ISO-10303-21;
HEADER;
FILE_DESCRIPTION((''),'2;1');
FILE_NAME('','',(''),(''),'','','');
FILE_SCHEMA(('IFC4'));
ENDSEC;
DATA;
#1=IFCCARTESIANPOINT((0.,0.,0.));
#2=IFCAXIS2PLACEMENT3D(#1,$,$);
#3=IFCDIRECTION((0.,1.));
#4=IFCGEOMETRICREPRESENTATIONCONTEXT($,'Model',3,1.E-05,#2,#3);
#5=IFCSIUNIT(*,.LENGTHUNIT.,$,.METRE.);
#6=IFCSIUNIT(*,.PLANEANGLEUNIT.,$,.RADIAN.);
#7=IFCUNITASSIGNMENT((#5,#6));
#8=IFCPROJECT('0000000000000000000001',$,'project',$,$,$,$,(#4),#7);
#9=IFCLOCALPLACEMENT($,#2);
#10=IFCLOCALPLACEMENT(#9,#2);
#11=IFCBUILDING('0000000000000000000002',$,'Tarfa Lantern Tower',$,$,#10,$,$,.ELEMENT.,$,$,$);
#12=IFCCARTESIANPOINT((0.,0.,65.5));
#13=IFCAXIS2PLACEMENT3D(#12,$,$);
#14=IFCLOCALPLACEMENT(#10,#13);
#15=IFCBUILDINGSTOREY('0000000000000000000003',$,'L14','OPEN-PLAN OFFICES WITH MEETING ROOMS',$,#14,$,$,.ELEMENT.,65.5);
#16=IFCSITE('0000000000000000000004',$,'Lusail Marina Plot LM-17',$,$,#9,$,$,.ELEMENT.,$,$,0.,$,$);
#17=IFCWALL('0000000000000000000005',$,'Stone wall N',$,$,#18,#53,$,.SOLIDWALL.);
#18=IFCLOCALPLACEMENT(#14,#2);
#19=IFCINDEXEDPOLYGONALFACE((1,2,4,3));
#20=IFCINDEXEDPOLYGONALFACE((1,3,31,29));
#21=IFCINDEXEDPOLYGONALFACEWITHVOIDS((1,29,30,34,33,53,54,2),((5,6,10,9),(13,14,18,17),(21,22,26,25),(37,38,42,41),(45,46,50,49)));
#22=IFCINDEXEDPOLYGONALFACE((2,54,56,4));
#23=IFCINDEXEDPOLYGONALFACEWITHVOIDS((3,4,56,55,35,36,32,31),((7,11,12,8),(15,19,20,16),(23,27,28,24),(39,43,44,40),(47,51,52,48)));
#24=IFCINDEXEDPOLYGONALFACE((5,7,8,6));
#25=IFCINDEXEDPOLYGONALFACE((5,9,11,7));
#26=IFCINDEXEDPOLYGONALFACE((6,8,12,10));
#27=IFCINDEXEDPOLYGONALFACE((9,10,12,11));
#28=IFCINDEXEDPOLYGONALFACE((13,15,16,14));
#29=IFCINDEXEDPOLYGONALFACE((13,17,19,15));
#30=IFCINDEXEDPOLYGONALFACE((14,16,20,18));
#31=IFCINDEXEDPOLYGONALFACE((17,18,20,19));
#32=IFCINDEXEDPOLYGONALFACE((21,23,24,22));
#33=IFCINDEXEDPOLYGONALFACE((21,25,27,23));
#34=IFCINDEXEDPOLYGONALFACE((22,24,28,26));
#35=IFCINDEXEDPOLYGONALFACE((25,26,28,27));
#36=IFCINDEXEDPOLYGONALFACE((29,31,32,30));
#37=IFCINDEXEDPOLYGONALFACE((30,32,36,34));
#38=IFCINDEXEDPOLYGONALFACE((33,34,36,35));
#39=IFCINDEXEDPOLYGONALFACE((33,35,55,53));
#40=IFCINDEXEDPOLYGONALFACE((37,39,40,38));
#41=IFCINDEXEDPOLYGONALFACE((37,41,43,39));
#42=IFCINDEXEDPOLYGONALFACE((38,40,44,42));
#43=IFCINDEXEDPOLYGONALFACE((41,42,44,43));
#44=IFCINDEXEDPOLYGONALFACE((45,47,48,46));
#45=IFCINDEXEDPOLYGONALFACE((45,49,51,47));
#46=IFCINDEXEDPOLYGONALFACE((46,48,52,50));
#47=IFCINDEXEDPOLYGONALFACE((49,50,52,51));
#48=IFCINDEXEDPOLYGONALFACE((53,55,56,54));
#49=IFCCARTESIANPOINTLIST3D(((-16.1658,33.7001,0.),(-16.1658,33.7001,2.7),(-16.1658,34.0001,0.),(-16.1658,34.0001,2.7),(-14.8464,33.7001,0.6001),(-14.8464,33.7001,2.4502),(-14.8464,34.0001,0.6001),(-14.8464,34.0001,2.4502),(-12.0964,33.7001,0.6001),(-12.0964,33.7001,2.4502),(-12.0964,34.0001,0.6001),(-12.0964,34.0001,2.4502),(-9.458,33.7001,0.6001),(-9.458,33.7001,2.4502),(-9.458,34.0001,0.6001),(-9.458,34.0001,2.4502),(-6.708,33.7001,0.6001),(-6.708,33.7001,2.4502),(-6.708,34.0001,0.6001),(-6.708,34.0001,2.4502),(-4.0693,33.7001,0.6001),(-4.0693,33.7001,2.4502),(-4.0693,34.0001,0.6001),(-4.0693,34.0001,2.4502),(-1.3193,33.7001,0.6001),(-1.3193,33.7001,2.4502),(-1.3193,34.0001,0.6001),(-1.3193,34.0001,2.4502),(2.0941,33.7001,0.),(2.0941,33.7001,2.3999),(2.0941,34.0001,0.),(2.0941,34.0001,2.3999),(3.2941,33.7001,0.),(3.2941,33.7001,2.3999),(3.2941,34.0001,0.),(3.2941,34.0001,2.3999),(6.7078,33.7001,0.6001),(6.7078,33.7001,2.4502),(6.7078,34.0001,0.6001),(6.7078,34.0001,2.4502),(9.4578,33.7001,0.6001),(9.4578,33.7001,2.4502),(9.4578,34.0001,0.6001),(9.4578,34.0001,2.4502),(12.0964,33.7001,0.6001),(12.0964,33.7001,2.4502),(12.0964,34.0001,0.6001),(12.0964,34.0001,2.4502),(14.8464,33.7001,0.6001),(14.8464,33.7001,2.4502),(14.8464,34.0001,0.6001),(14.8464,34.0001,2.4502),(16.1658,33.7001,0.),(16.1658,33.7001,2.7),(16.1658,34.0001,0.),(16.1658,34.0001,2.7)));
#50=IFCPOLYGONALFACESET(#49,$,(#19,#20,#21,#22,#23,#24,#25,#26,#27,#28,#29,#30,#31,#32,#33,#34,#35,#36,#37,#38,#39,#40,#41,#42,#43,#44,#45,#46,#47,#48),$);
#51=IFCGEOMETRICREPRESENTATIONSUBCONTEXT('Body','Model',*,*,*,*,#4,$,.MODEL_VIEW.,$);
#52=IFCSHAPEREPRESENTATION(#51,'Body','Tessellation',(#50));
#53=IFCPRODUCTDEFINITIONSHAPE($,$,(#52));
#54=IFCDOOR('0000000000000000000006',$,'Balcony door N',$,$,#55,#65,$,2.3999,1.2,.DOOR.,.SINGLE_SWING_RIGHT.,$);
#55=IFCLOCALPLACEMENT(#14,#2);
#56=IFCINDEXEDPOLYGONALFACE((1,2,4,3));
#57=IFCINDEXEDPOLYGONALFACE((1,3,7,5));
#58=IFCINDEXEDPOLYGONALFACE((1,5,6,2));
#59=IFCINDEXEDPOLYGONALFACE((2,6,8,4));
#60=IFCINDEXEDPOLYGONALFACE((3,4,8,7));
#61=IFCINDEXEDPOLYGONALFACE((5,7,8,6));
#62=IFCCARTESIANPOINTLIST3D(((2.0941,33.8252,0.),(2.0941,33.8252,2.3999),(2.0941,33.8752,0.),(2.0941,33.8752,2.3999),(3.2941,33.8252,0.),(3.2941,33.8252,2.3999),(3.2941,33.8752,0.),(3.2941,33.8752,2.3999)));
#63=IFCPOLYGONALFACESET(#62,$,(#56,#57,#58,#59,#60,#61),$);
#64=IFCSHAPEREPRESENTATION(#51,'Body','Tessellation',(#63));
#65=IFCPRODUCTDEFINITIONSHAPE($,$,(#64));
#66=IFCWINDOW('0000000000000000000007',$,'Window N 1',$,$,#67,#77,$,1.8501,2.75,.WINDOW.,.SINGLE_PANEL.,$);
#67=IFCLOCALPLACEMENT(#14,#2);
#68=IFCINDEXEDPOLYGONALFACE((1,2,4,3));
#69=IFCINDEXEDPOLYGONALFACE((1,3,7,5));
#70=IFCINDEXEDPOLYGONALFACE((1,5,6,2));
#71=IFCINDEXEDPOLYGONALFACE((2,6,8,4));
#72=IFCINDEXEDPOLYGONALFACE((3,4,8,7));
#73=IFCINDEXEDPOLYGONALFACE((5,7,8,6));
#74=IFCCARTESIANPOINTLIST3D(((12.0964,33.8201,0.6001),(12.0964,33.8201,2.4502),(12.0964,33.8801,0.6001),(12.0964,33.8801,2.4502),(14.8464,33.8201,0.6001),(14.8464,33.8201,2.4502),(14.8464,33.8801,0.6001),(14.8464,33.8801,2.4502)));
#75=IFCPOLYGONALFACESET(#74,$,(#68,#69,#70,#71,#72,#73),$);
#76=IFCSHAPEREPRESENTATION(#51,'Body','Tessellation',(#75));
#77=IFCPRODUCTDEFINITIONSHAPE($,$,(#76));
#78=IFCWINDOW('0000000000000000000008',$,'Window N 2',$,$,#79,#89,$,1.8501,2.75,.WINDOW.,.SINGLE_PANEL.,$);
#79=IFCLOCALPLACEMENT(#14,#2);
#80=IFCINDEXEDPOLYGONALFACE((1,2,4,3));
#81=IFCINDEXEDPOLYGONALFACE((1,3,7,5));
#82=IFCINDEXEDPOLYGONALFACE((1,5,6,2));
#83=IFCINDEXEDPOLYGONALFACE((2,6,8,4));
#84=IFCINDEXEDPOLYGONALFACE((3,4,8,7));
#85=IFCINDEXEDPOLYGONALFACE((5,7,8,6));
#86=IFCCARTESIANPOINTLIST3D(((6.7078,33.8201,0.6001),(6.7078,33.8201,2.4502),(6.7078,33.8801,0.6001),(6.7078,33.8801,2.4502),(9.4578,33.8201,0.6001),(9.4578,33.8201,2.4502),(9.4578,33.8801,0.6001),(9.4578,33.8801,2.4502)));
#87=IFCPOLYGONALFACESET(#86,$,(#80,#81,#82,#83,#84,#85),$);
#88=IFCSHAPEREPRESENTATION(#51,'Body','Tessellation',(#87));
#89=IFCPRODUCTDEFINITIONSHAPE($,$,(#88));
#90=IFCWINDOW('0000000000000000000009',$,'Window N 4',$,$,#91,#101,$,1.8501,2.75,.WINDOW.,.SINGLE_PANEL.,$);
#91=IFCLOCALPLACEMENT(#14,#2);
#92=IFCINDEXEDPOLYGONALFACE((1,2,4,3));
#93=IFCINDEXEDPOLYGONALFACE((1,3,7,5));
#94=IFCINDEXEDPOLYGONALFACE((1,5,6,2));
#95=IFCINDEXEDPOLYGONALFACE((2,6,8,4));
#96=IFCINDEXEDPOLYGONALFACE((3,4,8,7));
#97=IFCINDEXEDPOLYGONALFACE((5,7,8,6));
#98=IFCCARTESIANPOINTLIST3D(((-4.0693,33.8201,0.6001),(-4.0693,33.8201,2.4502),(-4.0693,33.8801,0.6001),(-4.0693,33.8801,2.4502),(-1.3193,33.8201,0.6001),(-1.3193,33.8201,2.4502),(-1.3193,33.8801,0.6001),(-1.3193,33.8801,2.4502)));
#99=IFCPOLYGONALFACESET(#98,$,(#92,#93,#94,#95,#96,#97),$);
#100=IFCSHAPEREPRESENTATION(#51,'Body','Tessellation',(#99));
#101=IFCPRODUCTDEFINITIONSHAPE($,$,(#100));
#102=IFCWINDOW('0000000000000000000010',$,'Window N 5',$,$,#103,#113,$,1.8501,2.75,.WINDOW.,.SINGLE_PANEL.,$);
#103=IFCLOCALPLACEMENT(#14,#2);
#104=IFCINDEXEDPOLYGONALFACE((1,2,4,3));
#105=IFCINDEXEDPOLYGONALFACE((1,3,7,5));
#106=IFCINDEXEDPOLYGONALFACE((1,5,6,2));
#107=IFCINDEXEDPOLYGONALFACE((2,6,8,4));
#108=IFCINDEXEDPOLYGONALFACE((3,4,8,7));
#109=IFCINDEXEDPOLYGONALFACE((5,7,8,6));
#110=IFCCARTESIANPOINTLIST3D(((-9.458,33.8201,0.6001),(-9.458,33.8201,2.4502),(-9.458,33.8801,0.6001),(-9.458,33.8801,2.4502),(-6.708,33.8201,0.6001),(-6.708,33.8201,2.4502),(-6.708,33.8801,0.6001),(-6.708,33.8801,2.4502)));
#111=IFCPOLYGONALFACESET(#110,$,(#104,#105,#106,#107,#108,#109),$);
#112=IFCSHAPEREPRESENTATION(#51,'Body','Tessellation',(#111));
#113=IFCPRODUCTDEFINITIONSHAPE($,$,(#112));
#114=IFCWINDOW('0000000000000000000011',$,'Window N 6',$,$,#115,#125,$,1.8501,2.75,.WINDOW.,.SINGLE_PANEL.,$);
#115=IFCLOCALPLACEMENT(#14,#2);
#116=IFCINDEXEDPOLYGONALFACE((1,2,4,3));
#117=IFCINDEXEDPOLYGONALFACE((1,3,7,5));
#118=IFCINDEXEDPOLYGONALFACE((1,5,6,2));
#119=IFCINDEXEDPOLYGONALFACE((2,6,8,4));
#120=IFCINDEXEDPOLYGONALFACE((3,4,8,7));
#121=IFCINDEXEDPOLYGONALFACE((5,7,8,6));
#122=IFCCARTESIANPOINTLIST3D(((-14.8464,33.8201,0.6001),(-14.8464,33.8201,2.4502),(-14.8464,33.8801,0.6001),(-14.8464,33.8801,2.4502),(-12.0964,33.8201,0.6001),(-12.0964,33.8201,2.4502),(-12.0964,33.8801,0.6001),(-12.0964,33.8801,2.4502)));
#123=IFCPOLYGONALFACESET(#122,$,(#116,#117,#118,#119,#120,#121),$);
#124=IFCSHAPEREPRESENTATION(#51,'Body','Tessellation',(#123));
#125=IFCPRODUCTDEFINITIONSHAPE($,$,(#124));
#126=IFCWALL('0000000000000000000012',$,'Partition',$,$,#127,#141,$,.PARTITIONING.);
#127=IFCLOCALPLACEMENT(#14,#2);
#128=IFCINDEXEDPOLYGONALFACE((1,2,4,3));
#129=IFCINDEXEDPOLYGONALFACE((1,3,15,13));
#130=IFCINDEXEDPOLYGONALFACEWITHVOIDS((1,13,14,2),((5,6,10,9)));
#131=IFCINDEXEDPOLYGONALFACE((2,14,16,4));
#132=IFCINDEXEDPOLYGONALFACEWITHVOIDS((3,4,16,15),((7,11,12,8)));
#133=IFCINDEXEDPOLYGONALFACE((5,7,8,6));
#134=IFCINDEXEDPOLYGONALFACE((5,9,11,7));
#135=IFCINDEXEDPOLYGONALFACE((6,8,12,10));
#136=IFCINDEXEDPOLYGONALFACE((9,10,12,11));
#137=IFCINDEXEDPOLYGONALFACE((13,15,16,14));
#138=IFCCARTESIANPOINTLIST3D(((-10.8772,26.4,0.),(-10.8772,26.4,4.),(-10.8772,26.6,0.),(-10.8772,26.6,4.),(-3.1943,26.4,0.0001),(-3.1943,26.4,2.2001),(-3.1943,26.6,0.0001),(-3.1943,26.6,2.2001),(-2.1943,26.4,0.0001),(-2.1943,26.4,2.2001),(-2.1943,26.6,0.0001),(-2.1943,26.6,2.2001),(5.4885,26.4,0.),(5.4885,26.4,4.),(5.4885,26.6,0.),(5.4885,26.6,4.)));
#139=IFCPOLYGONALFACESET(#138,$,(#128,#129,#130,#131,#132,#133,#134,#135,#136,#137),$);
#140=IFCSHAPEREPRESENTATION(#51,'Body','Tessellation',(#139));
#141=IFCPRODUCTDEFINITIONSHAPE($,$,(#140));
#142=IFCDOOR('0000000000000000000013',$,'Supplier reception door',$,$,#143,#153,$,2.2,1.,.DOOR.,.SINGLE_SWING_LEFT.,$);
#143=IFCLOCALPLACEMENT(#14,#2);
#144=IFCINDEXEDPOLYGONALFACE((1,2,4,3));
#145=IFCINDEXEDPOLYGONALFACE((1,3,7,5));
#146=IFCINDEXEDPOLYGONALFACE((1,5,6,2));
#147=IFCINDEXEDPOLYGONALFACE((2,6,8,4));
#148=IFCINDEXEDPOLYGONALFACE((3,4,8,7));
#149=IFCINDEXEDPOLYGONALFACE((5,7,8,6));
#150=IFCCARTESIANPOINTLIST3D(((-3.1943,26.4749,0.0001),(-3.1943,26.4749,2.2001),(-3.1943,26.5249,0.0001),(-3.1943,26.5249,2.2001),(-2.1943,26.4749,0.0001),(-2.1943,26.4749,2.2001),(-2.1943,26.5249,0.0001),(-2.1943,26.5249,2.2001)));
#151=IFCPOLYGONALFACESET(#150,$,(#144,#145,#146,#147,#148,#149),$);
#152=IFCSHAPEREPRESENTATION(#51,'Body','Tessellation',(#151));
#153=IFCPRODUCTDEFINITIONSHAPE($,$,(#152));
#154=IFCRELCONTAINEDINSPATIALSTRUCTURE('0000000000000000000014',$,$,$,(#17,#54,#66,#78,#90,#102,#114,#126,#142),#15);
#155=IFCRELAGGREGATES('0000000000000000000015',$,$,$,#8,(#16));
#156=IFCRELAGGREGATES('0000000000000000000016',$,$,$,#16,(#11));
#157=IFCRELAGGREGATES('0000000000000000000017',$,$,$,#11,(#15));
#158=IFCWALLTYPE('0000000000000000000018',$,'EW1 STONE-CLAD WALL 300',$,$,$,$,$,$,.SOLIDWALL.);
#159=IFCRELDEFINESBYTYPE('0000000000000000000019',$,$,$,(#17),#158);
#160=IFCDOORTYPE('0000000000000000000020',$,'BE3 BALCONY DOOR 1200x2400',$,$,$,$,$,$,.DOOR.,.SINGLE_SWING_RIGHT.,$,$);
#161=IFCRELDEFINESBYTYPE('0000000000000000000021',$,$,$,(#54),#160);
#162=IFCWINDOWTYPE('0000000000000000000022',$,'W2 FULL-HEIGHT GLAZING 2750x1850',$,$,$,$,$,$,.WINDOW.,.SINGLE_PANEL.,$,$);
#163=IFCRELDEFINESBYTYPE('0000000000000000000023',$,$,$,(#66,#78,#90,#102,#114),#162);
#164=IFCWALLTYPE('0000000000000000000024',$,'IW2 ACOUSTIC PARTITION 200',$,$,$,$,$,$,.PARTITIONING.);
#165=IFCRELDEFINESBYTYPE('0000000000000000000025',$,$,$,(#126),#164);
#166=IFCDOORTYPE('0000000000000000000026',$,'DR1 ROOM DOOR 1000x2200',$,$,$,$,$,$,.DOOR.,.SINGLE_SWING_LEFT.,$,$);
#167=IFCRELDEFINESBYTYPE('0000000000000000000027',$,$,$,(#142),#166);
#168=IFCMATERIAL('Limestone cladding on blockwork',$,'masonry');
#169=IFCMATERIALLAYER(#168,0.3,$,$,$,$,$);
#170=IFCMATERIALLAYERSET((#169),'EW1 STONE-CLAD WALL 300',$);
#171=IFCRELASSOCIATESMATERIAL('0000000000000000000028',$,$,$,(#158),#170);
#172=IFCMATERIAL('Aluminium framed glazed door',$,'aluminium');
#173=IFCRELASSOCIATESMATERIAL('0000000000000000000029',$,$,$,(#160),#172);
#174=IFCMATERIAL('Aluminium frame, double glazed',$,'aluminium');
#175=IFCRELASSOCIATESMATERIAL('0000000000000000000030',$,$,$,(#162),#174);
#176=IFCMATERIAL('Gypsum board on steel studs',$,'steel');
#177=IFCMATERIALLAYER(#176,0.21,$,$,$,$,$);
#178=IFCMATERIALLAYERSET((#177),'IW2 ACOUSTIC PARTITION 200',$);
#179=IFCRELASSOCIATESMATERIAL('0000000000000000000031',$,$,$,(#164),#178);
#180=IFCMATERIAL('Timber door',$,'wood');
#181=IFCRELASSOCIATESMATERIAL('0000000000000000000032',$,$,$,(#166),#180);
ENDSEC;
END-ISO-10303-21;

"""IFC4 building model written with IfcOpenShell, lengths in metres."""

from ifc_helpers import new_model, si_unit, direction, frame, frame_2d, origin, place, context, subcontext, project, spatial, rectangle, extrude, material, layer, layer_set, type_object, element, fill, save


model = new_model("IFC4")

# Units and contexts
model_context = context("Model", 3, precision=1e-05, world=origin(), true_north=direction((0.0, 1.0)))
body_context = subcontext(model_context, "Body", "Model", "MODEL_VIEW")
ifc_project = project(units=[si_unit("LENGTHUNIT", "METRE"), si_unit("PLANEANGLEUNIT", "RADIAN")], contexts=[model_context])

# Site, building, storey
site_placement = place(None, origin())
site = spatial("IfcSite", under=ifc_project, at=site_placement, Name="Lusail Marina Plot LM-17", CompositionType="ELEMENT", RefElevation=0.0)
building_placement = place(site_placement, origin())
building = spatial("IfcBuilding", under=site, at=building_placement, Name="Tarfa Lantern Tower", CompositionType="ELEMENT")
storey_placement = place(building_placement, frame((0.0, 0.0, 65.5)))
storey = spatial("IfcBuildingStorey", under=building, at=storey_placement, Name="L14", Description="OPEN-PLAN OFFICES WITH MEETING ROOMS", CompositionType="ELEMENT", Elevation=65.5)

# Wall, openings, door, windows
ifc_material_1 = material(Name="Limestone cladding on blockwork", Category="masonry")
ifc_layer_1 = layer(ifc_material_1, 0.3)
ifc_layer_set_1 = layer_set([ifc_layer_1], Name="EW1 STONE-CLAD WALL 300")
wall_type_1 = type_object("IfcWallType", Name="EW1 STONE-CLAD WALL 300", PredefinedType="SOLIDWALL", material=ifc_layer_set_1)
wall_1_placement = place(storey_placement, frame((16.1658, 33.8501, 0.0), z_axis=(0.0, 0.0, 1.0), x_axis=(-1.0, 0.0, 0.0)))
wall_1 = element("IfcWall", 1, at=wall_1_placement, inside=storey, type_object=wall_type_1, Name="Stone wall N", PredefinedType="SOLIDWALL", context=body_context, shape_type="SweptSolid", body=[
    extrude(rectangle(XDim=32.3315, YDim=0.3, at=frame_2d((16.1658, 0.0))), origin(), (0.0, 0.0, 1.0), 2.7),
])
opening_1_placement = place(wall_1_placement, frame((1.3193, 0.0, 0.6001)))
opening_1 = element("IfcOpeningElement", 2, at=opening_1_placement, cuts=wall_1, PredefinedType="OPENING", context=body_context, shape_type="SweptSolid", body=[
    extrude(rectangle(XDim=2.75, YDim=1.8501, at=frame_2d((1.375, 0.925))), frame((0.0, 0.1599, 0.0), z_axis=(0.0, -1.0, 0.0), x_axis=(1.0, 0.0, 0.0)), (0.0, 0.0, 1.0), 0.3201),
])
opening_2_placement = place(wall_1_placement, frame((6.708, 0.0, 0.6001)))
opening_2 = element("IfcOpeningElement", 3, at=opening_2_placement, cuts=wall_1, PredefinedType="OPENING", context=body_context, shape_type="SweptSolid", body=[
    extrude(rectangle(XDim=2.75, YDim=1.8501, at=frame_2d((1.375, 0.925))), frame((0.0, 0.1599, 0.0), z_axis=(0.0, -1.0, 0.0), x_axis=(1.0, 0.0, 0.0)), (0.0, 0.0, 1.0), 0.3201),
])
opening_3_placement = place(wall_1_placement, frame((12.8716, 0.0, 0.0)))
opening_3 = element("IfcOpeningElement", 4, at=opening_3_placement, cuts=wall_1, PredefinedType="OPENING", context=body_context, shape_type="SweptSolid", body=[
    extrude(rectangle(XDim=1.2, YDim=2.3999, at=frame_2d((0.6001, 1.2))), frame((0.0, 0.1599, 0.0), z_axis=(0.0, -1.0, 0.0), x_axis=(1.0, 0.0, 0.0)), (0.0, 0.0, 1.0), 0.3201),
])
opening_4_placement = place(wall_1_placement, frame((17.4851, 0.0, 0.6001)))
opening_4 = element("IfcOpeningElement", 5, at=opening_4_placement, cuts=wall_1, PredefinedType="OPENING", context=body_context, shape_type="SweptSolid", body=[
    extrude(rectangle(XDim=2.75, YDim=1.8501, at=frame_2d((1.375, 0.925))), frame((0.0, 0.1599, 0.0), z_axis=(0.0, -1.0, 0.0), x_axis=(1.0, 0.0, 0.0)), (0.0, 0.0, 1.0), 0.3201),
])
opening_5_placement = place(wall_1_placement, frame((22.8738, 0.0, 0.6001)))
opening_5 = element("IfcOpeningElement", 6, at=opening_5_placement, cuts=wall_1, PredefinedType="OPENING", context=body_context, shape_type="SweptSolid", body=[
    extrude(rectangle(XDim=2.75, YDim=1.8501, at=frame_2d((1.375, 0.925))), frame((0.0, 0.1599, 0.0), z_axis=(0.0, -1.0, 0.0), x_axis=(1.0, 0.0, 0.0)), (0.0, 0.0, 1.0), 0.3201),
])
opening_6_placement = place(wall_1_placement, frame((28.2622, 0.0, 0.6001)))
opening_6 = element("IfcOpeningElement", 7, at=opening_6_placement, cuts=wall_1, PredefinedType="OPENING", context=body_context, shape_type="SweptSolid", body=[
    extrude(rectangle(XDim=2.75, YDim=1.8501, at=frame_2d((1.375, 0.925))), frame((0.0, 0.1599, 0.0), z_axis=(0.0, -1.0, 0.0), x_axis=(1.0, 0.0, 0.0)), (0.0, 0.0, 1.0), 0.3201),
])
ifc_material_2 = material(Name="Aluminium framed glazed door", Category="aluminium")
door_type_1 = type_object("IfcDoorType", Name="BE3 BALCONY DOOR 1200x2400", OperationType="SINGLE_SWING_RIGHT", PredefinedType="DOOR", material=ifc_material_2)
door_1_placement = place(opening_3_placement, origin())
door_1 = element("IfcDoor", 8, at=door_1_placement, inside=storey, type_object=door_type_1, Name="Balcony door N", OperationType="SINGLE_SWING_RIGHT", OverallHeight=2.3999, OverallWidth=1.2, PredefinedType="DOOR", context=body_context, shape_type="SweptSolid", body=[
    extrude(rectangle(XDim=1.2, YDim=2.3999, at=frame_2d((0.6001, 1.2))), frame((0.0, 0.0249, 0.0), z_axis=(0.0, -1.0, 0.0), x_axis=(1.0, 0.0, 0.0)), (0.0, 0.0, 1.0), 0.05),
])
fill(opening_3, door_1)
ifc_material_3 = material(Name="Aluminium frame, double glazed", Category="aluminium")
window_type = type_object("IfcWindowType", Name="W2 FULL-HEIGHT GLAZING 2750x1850", PartitioningType="SINGLE_PANEL", PredefinedType="WINDOW", material=ifc_material_3)
window_1_placement = place(opening_1_placement, origin())
window_1 = element("IfcWindow", 9, at=window_1_placement, inside=storey, type_object=window_type, Name="Window N 1", OverallHeight=1.8501, OverallWidth=2.75, PartitioningType="SINGLE_PANEL", PredefinedType="WINDOW", context=body_context, shape_type="SweptSolid", body=[
    extrude(rectangle(XDim=2.75, YDim=1.8501, at=frame_2d((1.375, 0.925))), frame((0.0, 0.03, 0.0), z_axis=(0.0, -1.0, 0.0), x_axis=(1.0, 0.0, 0.0)), (0.0, 0.0, 1.0), 0.0601),
])
fill(opening_1, window_1)
window_2_placement = place(opening_2_placement, origin())
window_2 = element("IfcWindow", 10, at=window_2_placement, inside=storey, type_object=window_type, Name="Window N 2", OverallHeight=1.8501, OverallWidth=2.75, PartitioningType="SINGLE_PANEL", PredefinedType="WINDOW", context=body_context, shape_type="SweptSolid", body=[
    extrude(rectangle(XDim=2.75, YDim=1.8501, at=frame_2d((1.375, 0.925))), frame((0.0, 0.03, 0.0), z_axis=(0.0, -1.0, 0.0), x_axis=(1.0, 0.0, 0.0)), (0.0, 0.0, 1.0), 0.0601),
])
fill(opening_2, window_2)
window_3_placement = place(opening_4_placement, origin())
window_3 = element("IfcWindow", 11, at=window_3_placement, inside=storey, type_object=window_type, Name="Window N 4", OverallHeight=1.8501, OverallWidth=2.75, PartitioningType="SINGLE_PANEL", PredefinedType="WINDOW", context=body_context, shape_type="SweptSolid", body=[
    extrude(rectangle(XDim=2.75, YDim=1.8501, at=frame_2d((1.375, 0.925))), frame((0.0, 0.03, 0.0), z_axis=(0.0, -1.0, 0.0), x_axis=(1.0, 0.0, 0.0)), (0.0, 0.0, 1.0), 0.0601),
])
fill(opening_4, window_3)
window_4_placement = place(opening_5_placement, origin())
window_4 = element("IfcWindow", 12, at=window_4_placement, inside=storey, type_object=window_type, Name="Window N 5", OverallHeight=1.8501, OverallWidth=2.75, PartitioningType="SINGLE_PANEL", PredefinedType="WINDOW", context=body_context, shape_type="SweptSolid", body=[
    extrude(rectangle(XDim=2.75, YDim=1.8501, at=frame_2d((1.375, 0.925))), frame((0.0, 0.03, 0.0), z_axis=(0.0, -1.0, 0.0), x_axis=(1.0, 0.0, 0.0)), (0.0, 0.0, 1.0), 0.0601),
])
fill(opening_5, window_4)
window_5_placement = place(opening_6_placement, origin())
window_5 = element("IfcWindow", 13, at=window_5_placement, inside=storey, type_object=window_type, Name="Window N 6", OverallHeight=1.8501, OverallWidth=2.75, PartitioningType="SINGLE_PANEL", PredefinedType="WINDOW", context=body_context, shape_type="SweptSolid", body=[
    extrude(rectangle(XDim=2.75, YDim=1.8501, at=frame_2d((1.375, 0.925))), frame((0.0, 0.03, 0.0), z_axis=(0.0, -1.0, 0.0), x_axis=(1.0, 0.0, 0.0)), (0.0, 0.0, 1.0), 0.0601),
])
fill(opening_6, window_5)

# Wall, opening, door
ifc_material_4 = material(Name="Gypsum board on steel studs", Category="steel")
ifc_layer_2 = layer(ifc_material_4, 0.21)
ifc_layer_set_2 = layer_set([ifc_layer_2], Name="IW2 ACOUSTIC PARTITION 200")
wall_type_2 = type_object("IfcWallType", Name="IW2 ACOUSTIC PARTITION 200", PredefinedType="PARTITIONING", material=ifc_layer_set_2)
wall_2_placement = place(storey_placement, frame((5.4885, 26.5, 0.0), z_axis=(0.0, 0.0, 1.0), x_axis=(-1.0, 0.0, 0.0)))
wall_2 = element("IfcWall", 14, at=wall_2_placement, inside=storey, type_object=wall_type_2, Name="Partition", PredefinedType="PARTITIONING", context=body_context, shape_type="SweptSolid", body=[
    extrude(rectangle(XDim=16.3657, YDim=0.2, at=frame_2d((8.1829, 0.0))), origin(), (0.0, 0.0, 1.0), 4.0),
])
opening_7_placement = place(wall_2_placement, frame((7.6829, 0.0, 0.0)))
opening_7 = element("IfcOpeningElement", 15, at=opening_7_placement, cuts=wall_2, PredefinedType="OPENING", context=body_context, shape_type="SweptSolid", body=[
    extrude(rectangle(XDim=1.0, YDim=2.2, at=frame_2d((0.5, 1.1001))), frame((0.0, 0.1099, 0.0), z_axis=(0.0, -1.0, 0.0), x_axis=(1.0, 0.0, 0.0)), (0.0, 0.0, 1.0), 0.22),
])
ifc_material_5 = material(Name="Timber door", Category="wood")
door_type_2 = type_object("IfcDoorType", Name="DR1 ROOM DOOR 1000x2200", OperationType="SINGLE_SWING_LEFT", PredefinedType="DOOR", material=ifc_material_5)
door_2_placement = place(opening_7_placement, frame((1.0, 0.0, 0.0), z_axis=(0.0, 0.0, 1.0), x_axis=(-1.0, 0.0, 0.0)))
door_2 = element("IfcDoor", 16, at=door_2_placement, inside=storey, type_object=door_type_2, Name="Supplier reception door", OperationType="SINGLE_SWING_LEFT", OverallHeight=2.2, OverallWidth=1.0, PredefinedType="DOOR", context=body_context, shape_type="SweptSolid", body=[
    extrude(rectangle(XDim=1.0, YDim=2.2, at=frame_2d((0.5, 1.1001))), frame((0.0, 0.0249, 0.0), z_axis=(0.0, -1.0, 0.0), x_axis=(1.0, 0.0, 0.0)), (0.0, 0.0, 1.0), 0.05),
])
fill(opening_7, door_2)

save(model, "model.ifc")
